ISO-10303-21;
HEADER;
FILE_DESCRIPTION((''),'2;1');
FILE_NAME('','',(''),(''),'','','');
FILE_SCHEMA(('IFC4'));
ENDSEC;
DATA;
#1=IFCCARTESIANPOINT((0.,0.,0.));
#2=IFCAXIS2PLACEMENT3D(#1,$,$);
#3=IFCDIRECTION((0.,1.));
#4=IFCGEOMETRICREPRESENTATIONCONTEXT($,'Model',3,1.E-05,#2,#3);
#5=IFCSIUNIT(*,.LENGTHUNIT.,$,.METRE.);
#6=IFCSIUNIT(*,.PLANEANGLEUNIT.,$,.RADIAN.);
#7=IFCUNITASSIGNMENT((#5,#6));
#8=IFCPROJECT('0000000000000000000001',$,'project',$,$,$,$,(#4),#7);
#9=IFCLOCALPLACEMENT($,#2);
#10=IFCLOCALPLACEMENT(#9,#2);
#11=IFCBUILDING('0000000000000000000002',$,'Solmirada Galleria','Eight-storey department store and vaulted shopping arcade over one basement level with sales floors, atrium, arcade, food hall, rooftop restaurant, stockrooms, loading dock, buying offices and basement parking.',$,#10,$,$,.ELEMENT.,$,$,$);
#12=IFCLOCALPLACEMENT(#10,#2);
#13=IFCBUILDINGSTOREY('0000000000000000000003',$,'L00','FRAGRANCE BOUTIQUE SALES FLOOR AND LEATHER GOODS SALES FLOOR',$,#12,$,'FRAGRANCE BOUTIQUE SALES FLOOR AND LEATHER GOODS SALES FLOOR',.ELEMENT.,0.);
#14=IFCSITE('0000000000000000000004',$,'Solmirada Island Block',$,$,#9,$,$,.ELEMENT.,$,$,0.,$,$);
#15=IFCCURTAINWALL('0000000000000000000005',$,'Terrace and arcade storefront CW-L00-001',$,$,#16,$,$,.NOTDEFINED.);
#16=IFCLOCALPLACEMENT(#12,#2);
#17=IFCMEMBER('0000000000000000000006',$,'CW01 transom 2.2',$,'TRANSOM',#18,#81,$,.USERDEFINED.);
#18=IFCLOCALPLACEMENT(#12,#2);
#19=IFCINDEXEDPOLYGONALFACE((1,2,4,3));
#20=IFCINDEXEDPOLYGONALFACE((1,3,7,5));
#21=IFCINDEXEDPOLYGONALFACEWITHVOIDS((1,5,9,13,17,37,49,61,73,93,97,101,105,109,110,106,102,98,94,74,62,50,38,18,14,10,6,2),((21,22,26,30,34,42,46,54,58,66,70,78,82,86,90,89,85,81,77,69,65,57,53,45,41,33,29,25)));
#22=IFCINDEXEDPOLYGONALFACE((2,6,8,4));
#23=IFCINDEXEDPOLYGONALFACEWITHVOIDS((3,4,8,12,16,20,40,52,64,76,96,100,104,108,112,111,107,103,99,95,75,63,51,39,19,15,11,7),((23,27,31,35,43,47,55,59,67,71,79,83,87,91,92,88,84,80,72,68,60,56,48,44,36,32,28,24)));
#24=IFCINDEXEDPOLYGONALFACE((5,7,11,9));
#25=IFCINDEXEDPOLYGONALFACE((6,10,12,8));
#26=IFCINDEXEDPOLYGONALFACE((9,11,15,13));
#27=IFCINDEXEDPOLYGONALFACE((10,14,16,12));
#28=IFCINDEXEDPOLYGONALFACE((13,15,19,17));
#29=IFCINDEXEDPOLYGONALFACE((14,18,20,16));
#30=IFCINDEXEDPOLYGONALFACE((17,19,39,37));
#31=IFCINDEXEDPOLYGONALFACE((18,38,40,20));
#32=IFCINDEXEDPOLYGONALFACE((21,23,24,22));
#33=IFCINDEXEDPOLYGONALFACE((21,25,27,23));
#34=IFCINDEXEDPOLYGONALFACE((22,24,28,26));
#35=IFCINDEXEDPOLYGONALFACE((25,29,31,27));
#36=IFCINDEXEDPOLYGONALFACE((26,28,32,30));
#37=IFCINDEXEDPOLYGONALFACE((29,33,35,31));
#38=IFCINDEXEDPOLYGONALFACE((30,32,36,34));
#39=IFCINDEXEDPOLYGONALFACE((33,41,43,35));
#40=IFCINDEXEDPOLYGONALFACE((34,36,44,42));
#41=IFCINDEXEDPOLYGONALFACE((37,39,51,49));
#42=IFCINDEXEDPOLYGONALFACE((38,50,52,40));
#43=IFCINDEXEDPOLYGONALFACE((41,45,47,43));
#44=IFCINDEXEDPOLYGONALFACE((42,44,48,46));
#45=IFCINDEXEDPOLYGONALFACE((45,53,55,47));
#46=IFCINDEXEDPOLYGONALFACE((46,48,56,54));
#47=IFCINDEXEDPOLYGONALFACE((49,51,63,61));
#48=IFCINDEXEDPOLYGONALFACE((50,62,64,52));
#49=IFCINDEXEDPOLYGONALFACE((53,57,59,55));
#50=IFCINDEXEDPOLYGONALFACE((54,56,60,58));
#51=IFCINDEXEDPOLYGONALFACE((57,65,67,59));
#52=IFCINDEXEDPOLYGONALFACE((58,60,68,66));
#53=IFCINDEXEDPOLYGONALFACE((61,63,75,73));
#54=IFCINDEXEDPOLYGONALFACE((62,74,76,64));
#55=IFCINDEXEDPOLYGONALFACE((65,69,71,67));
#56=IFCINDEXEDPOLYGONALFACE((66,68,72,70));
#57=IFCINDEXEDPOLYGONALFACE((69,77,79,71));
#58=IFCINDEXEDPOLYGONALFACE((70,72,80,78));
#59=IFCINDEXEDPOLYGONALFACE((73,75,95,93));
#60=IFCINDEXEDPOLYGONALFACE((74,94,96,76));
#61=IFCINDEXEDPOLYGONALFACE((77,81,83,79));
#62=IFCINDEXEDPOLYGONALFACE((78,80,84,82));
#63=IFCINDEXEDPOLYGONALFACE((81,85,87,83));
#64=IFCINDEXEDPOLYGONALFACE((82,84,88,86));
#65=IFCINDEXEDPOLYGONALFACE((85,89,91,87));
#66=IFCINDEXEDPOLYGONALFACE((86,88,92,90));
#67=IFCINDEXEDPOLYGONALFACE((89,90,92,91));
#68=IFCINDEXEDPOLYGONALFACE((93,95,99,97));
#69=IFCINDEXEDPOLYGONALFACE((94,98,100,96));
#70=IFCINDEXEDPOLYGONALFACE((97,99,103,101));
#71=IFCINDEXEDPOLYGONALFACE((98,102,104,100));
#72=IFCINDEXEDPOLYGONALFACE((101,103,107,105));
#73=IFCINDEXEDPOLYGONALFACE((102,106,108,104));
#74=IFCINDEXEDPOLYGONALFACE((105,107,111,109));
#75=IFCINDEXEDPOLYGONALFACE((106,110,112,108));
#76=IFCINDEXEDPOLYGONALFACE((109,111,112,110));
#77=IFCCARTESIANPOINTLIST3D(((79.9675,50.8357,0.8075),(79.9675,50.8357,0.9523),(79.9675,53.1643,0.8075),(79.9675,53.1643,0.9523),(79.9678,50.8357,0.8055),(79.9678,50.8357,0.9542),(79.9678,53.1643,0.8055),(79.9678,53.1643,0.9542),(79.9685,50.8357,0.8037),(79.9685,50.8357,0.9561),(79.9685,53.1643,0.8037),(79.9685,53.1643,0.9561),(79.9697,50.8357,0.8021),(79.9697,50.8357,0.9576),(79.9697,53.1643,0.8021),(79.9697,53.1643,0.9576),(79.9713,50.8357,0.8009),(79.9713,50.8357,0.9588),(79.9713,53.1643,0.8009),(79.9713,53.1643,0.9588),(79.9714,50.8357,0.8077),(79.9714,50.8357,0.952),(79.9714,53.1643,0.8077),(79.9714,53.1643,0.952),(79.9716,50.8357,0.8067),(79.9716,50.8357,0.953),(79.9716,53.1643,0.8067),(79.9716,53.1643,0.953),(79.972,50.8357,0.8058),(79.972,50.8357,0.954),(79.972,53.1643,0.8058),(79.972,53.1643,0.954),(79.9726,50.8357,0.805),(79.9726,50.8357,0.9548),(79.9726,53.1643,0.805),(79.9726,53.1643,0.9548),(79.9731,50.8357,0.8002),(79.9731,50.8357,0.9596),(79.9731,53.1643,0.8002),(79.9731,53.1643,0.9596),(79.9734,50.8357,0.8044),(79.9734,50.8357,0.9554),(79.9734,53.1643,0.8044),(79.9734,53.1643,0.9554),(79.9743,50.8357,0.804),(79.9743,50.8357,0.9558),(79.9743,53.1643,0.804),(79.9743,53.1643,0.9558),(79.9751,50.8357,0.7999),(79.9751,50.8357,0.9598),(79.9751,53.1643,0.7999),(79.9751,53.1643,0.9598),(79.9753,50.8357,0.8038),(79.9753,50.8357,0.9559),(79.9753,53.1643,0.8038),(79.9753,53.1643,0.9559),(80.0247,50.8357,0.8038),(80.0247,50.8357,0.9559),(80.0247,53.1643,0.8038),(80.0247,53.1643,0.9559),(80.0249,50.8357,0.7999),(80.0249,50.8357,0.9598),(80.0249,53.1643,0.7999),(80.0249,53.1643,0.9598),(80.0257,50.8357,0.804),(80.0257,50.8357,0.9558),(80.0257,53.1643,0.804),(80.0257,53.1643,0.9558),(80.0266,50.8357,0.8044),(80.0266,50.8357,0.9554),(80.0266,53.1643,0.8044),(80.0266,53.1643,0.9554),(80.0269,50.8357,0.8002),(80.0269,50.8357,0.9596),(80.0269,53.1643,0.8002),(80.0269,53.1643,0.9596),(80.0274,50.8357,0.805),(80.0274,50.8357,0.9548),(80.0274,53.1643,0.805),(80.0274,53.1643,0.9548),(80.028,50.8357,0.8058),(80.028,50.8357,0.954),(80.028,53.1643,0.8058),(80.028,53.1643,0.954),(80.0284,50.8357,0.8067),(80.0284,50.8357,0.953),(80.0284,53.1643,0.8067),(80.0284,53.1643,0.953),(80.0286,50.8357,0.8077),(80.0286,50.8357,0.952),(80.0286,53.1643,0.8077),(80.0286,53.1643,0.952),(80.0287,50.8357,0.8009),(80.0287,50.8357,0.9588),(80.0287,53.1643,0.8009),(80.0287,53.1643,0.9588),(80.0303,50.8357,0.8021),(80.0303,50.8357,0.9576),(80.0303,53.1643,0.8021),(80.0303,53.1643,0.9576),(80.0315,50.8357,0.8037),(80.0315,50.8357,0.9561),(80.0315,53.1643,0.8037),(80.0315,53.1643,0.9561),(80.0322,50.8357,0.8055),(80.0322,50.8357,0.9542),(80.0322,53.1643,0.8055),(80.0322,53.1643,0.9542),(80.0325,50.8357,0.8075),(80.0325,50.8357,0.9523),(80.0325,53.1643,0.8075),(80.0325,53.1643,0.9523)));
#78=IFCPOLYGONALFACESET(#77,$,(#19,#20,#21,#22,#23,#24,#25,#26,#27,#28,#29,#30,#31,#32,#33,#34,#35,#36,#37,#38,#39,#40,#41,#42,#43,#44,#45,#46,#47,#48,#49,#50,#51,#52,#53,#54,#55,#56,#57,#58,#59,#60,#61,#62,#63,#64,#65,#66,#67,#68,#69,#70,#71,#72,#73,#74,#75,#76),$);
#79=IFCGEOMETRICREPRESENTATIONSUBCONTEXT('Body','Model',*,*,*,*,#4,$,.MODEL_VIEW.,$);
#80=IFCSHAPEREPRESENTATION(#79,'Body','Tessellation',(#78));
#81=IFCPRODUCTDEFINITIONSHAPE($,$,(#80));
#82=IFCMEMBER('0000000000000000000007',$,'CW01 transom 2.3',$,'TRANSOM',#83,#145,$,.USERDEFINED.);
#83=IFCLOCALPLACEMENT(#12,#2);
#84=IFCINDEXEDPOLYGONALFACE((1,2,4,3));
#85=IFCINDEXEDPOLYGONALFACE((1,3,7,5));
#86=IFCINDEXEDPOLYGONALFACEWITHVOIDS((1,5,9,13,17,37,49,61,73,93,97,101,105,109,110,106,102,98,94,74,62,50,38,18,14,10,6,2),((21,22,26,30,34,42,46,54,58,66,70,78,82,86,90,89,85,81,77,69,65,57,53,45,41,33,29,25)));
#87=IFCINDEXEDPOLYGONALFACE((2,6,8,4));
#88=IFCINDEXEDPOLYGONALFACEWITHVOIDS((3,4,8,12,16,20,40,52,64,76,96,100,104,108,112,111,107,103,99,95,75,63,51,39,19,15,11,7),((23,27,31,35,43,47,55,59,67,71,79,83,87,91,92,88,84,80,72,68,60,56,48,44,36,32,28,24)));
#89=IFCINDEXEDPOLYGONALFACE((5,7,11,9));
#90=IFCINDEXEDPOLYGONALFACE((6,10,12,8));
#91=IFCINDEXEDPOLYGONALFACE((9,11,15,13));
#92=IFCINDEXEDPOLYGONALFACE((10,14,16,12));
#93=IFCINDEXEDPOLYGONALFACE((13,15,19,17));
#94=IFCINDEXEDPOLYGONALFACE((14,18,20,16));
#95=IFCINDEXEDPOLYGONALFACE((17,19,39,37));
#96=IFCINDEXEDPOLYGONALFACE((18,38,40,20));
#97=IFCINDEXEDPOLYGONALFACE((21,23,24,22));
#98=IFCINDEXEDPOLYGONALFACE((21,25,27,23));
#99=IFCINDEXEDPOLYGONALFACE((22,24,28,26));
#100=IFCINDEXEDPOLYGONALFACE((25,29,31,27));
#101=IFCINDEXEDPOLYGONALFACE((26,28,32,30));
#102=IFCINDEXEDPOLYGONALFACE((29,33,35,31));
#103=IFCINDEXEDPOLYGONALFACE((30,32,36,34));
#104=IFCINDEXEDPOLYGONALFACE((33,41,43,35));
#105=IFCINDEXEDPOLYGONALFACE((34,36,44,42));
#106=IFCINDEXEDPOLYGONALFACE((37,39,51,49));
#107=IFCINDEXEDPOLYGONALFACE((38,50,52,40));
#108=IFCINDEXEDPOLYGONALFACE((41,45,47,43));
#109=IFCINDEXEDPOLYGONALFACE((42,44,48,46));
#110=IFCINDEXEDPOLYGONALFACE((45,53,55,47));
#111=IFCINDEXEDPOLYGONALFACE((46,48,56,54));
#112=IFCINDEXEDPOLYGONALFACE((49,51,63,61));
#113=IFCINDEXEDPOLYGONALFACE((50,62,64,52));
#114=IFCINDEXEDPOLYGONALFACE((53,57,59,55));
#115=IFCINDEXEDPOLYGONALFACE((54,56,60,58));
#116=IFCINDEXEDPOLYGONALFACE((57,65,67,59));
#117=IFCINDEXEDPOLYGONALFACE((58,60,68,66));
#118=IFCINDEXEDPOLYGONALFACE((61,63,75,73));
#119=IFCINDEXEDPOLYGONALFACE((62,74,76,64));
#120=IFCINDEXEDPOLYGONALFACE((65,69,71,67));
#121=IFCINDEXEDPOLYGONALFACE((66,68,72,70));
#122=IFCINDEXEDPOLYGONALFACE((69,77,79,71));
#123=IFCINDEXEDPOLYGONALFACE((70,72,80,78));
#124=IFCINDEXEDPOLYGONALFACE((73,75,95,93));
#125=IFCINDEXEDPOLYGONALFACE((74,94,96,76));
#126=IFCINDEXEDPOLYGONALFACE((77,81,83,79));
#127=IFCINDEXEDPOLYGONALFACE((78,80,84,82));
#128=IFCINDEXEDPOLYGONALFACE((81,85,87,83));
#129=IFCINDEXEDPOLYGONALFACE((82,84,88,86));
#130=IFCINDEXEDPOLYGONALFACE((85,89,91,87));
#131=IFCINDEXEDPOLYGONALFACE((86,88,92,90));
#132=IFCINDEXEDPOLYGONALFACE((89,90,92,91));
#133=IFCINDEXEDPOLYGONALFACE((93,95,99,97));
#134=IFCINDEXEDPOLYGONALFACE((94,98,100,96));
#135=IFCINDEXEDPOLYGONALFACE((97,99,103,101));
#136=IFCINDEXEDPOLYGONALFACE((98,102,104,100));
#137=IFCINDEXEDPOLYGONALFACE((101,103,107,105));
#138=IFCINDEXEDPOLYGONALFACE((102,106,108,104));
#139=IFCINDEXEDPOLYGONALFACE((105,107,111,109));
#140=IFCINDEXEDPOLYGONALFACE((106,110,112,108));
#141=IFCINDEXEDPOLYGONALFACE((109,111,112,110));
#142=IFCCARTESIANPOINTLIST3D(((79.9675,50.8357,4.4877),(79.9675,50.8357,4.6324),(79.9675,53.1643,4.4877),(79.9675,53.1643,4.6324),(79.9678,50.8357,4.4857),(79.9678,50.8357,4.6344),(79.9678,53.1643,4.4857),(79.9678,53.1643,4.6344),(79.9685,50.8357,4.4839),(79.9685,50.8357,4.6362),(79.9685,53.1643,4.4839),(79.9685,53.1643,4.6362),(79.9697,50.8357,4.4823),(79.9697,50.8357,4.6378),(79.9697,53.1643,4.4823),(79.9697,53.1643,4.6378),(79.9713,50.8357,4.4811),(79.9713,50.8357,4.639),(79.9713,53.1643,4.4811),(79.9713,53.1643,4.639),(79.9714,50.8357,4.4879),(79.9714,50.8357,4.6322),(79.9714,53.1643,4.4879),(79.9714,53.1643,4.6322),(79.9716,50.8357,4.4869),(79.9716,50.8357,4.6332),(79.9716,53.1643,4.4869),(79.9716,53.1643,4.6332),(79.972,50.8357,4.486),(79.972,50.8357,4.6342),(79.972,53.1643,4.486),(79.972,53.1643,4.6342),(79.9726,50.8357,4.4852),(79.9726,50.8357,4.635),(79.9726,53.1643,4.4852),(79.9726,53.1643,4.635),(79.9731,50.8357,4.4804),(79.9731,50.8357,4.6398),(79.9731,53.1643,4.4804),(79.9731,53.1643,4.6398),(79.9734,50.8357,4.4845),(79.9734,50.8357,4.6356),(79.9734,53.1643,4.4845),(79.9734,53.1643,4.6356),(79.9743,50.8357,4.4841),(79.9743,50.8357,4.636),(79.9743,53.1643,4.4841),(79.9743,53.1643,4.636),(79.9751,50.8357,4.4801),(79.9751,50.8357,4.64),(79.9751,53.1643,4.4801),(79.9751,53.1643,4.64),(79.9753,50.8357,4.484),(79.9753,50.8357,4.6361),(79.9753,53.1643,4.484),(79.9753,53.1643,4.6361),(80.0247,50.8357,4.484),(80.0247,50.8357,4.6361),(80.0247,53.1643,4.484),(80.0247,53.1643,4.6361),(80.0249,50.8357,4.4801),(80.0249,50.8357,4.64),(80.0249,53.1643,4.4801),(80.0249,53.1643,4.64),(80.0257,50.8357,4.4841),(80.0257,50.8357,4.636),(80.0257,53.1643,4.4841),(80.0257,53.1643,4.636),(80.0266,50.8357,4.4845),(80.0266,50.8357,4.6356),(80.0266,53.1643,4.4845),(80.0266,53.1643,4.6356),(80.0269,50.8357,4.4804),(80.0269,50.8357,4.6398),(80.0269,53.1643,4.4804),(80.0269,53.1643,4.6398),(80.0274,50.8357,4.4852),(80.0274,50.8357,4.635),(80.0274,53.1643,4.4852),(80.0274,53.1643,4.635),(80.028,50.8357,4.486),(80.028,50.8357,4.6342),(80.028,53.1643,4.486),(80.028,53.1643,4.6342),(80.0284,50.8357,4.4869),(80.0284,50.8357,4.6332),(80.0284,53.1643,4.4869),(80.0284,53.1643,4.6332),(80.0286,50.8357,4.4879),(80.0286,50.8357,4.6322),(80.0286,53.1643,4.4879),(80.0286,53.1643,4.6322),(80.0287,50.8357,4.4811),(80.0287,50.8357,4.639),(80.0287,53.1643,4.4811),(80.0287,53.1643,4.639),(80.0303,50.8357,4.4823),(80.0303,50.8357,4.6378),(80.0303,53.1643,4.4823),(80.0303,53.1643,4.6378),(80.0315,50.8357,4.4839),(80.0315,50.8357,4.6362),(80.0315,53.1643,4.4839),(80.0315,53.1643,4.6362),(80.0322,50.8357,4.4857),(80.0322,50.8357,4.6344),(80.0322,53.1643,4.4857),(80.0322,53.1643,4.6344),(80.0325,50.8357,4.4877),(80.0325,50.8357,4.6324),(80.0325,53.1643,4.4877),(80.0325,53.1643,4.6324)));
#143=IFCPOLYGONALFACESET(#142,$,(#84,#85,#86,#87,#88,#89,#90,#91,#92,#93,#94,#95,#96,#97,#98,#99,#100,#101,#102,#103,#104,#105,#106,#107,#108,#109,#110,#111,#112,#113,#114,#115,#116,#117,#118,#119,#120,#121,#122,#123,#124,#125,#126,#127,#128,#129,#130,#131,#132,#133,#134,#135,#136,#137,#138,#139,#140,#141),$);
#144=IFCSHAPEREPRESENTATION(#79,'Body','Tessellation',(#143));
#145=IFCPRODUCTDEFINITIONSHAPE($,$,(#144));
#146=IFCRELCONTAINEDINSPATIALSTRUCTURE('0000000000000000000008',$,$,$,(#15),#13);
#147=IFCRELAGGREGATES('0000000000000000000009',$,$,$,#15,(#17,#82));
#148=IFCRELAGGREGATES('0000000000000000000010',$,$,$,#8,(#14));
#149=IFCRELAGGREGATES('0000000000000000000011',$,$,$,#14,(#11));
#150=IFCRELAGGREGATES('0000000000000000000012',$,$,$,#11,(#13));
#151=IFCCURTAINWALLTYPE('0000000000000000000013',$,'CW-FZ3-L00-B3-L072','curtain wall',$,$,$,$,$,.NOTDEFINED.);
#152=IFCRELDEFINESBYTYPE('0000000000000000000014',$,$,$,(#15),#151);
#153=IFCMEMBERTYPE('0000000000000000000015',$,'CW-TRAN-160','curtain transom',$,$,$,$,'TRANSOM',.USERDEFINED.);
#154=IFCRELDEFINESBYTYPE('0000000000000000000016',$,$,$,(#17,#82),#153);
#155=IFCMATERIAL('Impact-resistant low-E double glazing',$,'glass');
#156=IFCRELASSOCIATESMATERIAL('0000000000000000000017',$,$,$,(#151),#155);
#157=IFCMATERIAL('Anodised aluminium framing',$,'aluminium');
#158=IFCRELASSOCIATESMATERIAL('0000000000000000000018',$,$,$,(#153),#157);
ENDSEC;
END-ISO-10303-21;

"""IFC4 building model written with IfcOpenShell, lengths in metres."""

from ifc_helpers import new_model, si_unit, direction, frame, origin, origin_2d, place, context, subcontext, project, spatial, hollow_rectangle, extrude, material, material_profile, profile_set, type_object, element, aggregate, save


model = new_model("IFC4")

# Units and contexts
model_context = context("Model", 3, precision=1e-05, world=origin(), true_north=direction((0.0, 1.0)))
body_context = subcontext(model_context, "Body", "Model", "MODEL_VIEW")
ifc_project = project(units=[si_unit("LENGTHUNIT", "METRE"), si_unit("PLANEANGLEUNIT", "RADIAN")], contexts=[model_context])

# Site, building, storey
site_placement = place(None, origin())
site = spatial("IfcSite", under=ifc_project, at=site_placement, Name="Solmirada Island Block", CompositionType="ELEMENT", RefElevation=0.0)
building_placement = place(site_placement, origin())
building = spatial("IfcBuilding", under=site, at=building_placement, Name="Solmirada Galleria", Description="Eight-storey department store and vaulted shopping arcade over one basement level with sales floors, atrium, arcade, food hall, rooftop restaurant, stockrooms, loading dock, buying offices and basement parking.", CompositionType="ELEMENT")
storey_placement = place(building_placement, origin())
storey = spatial("IfcBuildingStorey", under=building, at=storey_placement, Name="L00", Description="FRAGRANCE BOUTIQUE SALES FLOOR AND LEATHER GOODS SALES FLOOR", LongName="FRAGRANCE BOUTIQUE SALES FLOOR AND LEATHER GOODS SALES FLOOR", CompositionType="ELEMENT", Elevation=0.0)

# Curtain wall, members
ifc_material_1 = material(Name="Impact-resistant low-E double glazing", Category="glass")
curtain_wall_type = type_object("IfcCurtainWallType", Name="CW-FZ3-L00-B3-L072", Description="curtain wall", PredefinedType="NOTDEFINED", material=ifc_material_1)
curtain_wall_placement = place(storey_placement, origin())
curtain_wall = element("IfcCurtainWall", 1, at=curtain_wall_placement, inside=storey, type_object=curtain_wall_type, Name="Terrace and arcade storefront CW-L00-001", PredefinedType="NOTDEFINED")
ifc_material_2 = material(Name="Anodised aluminium framing", Category="aluminium")
ifc_material_profile_1 = material_profile(ifc_material_2, hollow_rectangle(XDim=0.0649, YDim=0.1599, WallThickness=0.0039, InnerFilletRadius=0.0039, OuterFilletRadius=0.0076, at=origin_2d()), Name="ALU-TRAN-160X65")
ifc_profile_set_1 = profile_set([ifc_material_profile_1], Name="Anodised aluminium framing")
member_type_1 = type_object("IfcMemberType", Name="CW-TRAN-160", Description="curtain transom", ElementType="TRANSOM", PredefinedType="USERDEFINED", material=ifc_profile_set_1)
member_1_placement = place(storey_placement, frame((80.0, 50.8357, 0.8799), z_axis=(0.0, 1.0, 0.0), x_axis=(-1.0, 0.0, 0.0)))
member_1 = element("IfcMember", 2, at=member_1_placement, type_object=member_type_1, Name="CW01 transom 2.2", ObjectType="TRANSOM", PredefinedType="USERDEFINED", context=body_context, shape_type="SweptSolid", body=[
    extrude(hollow_rectangle(XDim=0.0649, YDim=0.1599, WallThickness=0.0039, InnerFilletRadius=0.0039, OuterFilletRadius=0.0076, at=origin_2d()), origin(), (0.0, 0.0, 1.0), 2.3286),
])
member_2_placement = place(storey_placement, frame((80.0, 50.8357, 4.5601), z_axis=(0.0, 1.0, 0.0), x_axis=(-1.0, 0.0, 0.0)))
member_2 = element("IfcMember", 3, at=member_2_placement, type_object=member_type_1, Name="CW01 transom 2.3", ObjectType="TRANSOM", PredefinedType="USERDEFINED", context=body_context, shape_type="SweptSolid", body=[
    extrude(hollow_rectangle(XDim=0.0649, YDim=0.1599, WallThickness=0.0039, InnerFilletRadius=0.0039, OuterFilletRadius=0.0076, at=origin_2d()), origin(), (0.0, 0.0, 1.0), 2.3286),
])
aggregate(curtain_wall, [member_1, member_2])

save(model, "model.ifc")
